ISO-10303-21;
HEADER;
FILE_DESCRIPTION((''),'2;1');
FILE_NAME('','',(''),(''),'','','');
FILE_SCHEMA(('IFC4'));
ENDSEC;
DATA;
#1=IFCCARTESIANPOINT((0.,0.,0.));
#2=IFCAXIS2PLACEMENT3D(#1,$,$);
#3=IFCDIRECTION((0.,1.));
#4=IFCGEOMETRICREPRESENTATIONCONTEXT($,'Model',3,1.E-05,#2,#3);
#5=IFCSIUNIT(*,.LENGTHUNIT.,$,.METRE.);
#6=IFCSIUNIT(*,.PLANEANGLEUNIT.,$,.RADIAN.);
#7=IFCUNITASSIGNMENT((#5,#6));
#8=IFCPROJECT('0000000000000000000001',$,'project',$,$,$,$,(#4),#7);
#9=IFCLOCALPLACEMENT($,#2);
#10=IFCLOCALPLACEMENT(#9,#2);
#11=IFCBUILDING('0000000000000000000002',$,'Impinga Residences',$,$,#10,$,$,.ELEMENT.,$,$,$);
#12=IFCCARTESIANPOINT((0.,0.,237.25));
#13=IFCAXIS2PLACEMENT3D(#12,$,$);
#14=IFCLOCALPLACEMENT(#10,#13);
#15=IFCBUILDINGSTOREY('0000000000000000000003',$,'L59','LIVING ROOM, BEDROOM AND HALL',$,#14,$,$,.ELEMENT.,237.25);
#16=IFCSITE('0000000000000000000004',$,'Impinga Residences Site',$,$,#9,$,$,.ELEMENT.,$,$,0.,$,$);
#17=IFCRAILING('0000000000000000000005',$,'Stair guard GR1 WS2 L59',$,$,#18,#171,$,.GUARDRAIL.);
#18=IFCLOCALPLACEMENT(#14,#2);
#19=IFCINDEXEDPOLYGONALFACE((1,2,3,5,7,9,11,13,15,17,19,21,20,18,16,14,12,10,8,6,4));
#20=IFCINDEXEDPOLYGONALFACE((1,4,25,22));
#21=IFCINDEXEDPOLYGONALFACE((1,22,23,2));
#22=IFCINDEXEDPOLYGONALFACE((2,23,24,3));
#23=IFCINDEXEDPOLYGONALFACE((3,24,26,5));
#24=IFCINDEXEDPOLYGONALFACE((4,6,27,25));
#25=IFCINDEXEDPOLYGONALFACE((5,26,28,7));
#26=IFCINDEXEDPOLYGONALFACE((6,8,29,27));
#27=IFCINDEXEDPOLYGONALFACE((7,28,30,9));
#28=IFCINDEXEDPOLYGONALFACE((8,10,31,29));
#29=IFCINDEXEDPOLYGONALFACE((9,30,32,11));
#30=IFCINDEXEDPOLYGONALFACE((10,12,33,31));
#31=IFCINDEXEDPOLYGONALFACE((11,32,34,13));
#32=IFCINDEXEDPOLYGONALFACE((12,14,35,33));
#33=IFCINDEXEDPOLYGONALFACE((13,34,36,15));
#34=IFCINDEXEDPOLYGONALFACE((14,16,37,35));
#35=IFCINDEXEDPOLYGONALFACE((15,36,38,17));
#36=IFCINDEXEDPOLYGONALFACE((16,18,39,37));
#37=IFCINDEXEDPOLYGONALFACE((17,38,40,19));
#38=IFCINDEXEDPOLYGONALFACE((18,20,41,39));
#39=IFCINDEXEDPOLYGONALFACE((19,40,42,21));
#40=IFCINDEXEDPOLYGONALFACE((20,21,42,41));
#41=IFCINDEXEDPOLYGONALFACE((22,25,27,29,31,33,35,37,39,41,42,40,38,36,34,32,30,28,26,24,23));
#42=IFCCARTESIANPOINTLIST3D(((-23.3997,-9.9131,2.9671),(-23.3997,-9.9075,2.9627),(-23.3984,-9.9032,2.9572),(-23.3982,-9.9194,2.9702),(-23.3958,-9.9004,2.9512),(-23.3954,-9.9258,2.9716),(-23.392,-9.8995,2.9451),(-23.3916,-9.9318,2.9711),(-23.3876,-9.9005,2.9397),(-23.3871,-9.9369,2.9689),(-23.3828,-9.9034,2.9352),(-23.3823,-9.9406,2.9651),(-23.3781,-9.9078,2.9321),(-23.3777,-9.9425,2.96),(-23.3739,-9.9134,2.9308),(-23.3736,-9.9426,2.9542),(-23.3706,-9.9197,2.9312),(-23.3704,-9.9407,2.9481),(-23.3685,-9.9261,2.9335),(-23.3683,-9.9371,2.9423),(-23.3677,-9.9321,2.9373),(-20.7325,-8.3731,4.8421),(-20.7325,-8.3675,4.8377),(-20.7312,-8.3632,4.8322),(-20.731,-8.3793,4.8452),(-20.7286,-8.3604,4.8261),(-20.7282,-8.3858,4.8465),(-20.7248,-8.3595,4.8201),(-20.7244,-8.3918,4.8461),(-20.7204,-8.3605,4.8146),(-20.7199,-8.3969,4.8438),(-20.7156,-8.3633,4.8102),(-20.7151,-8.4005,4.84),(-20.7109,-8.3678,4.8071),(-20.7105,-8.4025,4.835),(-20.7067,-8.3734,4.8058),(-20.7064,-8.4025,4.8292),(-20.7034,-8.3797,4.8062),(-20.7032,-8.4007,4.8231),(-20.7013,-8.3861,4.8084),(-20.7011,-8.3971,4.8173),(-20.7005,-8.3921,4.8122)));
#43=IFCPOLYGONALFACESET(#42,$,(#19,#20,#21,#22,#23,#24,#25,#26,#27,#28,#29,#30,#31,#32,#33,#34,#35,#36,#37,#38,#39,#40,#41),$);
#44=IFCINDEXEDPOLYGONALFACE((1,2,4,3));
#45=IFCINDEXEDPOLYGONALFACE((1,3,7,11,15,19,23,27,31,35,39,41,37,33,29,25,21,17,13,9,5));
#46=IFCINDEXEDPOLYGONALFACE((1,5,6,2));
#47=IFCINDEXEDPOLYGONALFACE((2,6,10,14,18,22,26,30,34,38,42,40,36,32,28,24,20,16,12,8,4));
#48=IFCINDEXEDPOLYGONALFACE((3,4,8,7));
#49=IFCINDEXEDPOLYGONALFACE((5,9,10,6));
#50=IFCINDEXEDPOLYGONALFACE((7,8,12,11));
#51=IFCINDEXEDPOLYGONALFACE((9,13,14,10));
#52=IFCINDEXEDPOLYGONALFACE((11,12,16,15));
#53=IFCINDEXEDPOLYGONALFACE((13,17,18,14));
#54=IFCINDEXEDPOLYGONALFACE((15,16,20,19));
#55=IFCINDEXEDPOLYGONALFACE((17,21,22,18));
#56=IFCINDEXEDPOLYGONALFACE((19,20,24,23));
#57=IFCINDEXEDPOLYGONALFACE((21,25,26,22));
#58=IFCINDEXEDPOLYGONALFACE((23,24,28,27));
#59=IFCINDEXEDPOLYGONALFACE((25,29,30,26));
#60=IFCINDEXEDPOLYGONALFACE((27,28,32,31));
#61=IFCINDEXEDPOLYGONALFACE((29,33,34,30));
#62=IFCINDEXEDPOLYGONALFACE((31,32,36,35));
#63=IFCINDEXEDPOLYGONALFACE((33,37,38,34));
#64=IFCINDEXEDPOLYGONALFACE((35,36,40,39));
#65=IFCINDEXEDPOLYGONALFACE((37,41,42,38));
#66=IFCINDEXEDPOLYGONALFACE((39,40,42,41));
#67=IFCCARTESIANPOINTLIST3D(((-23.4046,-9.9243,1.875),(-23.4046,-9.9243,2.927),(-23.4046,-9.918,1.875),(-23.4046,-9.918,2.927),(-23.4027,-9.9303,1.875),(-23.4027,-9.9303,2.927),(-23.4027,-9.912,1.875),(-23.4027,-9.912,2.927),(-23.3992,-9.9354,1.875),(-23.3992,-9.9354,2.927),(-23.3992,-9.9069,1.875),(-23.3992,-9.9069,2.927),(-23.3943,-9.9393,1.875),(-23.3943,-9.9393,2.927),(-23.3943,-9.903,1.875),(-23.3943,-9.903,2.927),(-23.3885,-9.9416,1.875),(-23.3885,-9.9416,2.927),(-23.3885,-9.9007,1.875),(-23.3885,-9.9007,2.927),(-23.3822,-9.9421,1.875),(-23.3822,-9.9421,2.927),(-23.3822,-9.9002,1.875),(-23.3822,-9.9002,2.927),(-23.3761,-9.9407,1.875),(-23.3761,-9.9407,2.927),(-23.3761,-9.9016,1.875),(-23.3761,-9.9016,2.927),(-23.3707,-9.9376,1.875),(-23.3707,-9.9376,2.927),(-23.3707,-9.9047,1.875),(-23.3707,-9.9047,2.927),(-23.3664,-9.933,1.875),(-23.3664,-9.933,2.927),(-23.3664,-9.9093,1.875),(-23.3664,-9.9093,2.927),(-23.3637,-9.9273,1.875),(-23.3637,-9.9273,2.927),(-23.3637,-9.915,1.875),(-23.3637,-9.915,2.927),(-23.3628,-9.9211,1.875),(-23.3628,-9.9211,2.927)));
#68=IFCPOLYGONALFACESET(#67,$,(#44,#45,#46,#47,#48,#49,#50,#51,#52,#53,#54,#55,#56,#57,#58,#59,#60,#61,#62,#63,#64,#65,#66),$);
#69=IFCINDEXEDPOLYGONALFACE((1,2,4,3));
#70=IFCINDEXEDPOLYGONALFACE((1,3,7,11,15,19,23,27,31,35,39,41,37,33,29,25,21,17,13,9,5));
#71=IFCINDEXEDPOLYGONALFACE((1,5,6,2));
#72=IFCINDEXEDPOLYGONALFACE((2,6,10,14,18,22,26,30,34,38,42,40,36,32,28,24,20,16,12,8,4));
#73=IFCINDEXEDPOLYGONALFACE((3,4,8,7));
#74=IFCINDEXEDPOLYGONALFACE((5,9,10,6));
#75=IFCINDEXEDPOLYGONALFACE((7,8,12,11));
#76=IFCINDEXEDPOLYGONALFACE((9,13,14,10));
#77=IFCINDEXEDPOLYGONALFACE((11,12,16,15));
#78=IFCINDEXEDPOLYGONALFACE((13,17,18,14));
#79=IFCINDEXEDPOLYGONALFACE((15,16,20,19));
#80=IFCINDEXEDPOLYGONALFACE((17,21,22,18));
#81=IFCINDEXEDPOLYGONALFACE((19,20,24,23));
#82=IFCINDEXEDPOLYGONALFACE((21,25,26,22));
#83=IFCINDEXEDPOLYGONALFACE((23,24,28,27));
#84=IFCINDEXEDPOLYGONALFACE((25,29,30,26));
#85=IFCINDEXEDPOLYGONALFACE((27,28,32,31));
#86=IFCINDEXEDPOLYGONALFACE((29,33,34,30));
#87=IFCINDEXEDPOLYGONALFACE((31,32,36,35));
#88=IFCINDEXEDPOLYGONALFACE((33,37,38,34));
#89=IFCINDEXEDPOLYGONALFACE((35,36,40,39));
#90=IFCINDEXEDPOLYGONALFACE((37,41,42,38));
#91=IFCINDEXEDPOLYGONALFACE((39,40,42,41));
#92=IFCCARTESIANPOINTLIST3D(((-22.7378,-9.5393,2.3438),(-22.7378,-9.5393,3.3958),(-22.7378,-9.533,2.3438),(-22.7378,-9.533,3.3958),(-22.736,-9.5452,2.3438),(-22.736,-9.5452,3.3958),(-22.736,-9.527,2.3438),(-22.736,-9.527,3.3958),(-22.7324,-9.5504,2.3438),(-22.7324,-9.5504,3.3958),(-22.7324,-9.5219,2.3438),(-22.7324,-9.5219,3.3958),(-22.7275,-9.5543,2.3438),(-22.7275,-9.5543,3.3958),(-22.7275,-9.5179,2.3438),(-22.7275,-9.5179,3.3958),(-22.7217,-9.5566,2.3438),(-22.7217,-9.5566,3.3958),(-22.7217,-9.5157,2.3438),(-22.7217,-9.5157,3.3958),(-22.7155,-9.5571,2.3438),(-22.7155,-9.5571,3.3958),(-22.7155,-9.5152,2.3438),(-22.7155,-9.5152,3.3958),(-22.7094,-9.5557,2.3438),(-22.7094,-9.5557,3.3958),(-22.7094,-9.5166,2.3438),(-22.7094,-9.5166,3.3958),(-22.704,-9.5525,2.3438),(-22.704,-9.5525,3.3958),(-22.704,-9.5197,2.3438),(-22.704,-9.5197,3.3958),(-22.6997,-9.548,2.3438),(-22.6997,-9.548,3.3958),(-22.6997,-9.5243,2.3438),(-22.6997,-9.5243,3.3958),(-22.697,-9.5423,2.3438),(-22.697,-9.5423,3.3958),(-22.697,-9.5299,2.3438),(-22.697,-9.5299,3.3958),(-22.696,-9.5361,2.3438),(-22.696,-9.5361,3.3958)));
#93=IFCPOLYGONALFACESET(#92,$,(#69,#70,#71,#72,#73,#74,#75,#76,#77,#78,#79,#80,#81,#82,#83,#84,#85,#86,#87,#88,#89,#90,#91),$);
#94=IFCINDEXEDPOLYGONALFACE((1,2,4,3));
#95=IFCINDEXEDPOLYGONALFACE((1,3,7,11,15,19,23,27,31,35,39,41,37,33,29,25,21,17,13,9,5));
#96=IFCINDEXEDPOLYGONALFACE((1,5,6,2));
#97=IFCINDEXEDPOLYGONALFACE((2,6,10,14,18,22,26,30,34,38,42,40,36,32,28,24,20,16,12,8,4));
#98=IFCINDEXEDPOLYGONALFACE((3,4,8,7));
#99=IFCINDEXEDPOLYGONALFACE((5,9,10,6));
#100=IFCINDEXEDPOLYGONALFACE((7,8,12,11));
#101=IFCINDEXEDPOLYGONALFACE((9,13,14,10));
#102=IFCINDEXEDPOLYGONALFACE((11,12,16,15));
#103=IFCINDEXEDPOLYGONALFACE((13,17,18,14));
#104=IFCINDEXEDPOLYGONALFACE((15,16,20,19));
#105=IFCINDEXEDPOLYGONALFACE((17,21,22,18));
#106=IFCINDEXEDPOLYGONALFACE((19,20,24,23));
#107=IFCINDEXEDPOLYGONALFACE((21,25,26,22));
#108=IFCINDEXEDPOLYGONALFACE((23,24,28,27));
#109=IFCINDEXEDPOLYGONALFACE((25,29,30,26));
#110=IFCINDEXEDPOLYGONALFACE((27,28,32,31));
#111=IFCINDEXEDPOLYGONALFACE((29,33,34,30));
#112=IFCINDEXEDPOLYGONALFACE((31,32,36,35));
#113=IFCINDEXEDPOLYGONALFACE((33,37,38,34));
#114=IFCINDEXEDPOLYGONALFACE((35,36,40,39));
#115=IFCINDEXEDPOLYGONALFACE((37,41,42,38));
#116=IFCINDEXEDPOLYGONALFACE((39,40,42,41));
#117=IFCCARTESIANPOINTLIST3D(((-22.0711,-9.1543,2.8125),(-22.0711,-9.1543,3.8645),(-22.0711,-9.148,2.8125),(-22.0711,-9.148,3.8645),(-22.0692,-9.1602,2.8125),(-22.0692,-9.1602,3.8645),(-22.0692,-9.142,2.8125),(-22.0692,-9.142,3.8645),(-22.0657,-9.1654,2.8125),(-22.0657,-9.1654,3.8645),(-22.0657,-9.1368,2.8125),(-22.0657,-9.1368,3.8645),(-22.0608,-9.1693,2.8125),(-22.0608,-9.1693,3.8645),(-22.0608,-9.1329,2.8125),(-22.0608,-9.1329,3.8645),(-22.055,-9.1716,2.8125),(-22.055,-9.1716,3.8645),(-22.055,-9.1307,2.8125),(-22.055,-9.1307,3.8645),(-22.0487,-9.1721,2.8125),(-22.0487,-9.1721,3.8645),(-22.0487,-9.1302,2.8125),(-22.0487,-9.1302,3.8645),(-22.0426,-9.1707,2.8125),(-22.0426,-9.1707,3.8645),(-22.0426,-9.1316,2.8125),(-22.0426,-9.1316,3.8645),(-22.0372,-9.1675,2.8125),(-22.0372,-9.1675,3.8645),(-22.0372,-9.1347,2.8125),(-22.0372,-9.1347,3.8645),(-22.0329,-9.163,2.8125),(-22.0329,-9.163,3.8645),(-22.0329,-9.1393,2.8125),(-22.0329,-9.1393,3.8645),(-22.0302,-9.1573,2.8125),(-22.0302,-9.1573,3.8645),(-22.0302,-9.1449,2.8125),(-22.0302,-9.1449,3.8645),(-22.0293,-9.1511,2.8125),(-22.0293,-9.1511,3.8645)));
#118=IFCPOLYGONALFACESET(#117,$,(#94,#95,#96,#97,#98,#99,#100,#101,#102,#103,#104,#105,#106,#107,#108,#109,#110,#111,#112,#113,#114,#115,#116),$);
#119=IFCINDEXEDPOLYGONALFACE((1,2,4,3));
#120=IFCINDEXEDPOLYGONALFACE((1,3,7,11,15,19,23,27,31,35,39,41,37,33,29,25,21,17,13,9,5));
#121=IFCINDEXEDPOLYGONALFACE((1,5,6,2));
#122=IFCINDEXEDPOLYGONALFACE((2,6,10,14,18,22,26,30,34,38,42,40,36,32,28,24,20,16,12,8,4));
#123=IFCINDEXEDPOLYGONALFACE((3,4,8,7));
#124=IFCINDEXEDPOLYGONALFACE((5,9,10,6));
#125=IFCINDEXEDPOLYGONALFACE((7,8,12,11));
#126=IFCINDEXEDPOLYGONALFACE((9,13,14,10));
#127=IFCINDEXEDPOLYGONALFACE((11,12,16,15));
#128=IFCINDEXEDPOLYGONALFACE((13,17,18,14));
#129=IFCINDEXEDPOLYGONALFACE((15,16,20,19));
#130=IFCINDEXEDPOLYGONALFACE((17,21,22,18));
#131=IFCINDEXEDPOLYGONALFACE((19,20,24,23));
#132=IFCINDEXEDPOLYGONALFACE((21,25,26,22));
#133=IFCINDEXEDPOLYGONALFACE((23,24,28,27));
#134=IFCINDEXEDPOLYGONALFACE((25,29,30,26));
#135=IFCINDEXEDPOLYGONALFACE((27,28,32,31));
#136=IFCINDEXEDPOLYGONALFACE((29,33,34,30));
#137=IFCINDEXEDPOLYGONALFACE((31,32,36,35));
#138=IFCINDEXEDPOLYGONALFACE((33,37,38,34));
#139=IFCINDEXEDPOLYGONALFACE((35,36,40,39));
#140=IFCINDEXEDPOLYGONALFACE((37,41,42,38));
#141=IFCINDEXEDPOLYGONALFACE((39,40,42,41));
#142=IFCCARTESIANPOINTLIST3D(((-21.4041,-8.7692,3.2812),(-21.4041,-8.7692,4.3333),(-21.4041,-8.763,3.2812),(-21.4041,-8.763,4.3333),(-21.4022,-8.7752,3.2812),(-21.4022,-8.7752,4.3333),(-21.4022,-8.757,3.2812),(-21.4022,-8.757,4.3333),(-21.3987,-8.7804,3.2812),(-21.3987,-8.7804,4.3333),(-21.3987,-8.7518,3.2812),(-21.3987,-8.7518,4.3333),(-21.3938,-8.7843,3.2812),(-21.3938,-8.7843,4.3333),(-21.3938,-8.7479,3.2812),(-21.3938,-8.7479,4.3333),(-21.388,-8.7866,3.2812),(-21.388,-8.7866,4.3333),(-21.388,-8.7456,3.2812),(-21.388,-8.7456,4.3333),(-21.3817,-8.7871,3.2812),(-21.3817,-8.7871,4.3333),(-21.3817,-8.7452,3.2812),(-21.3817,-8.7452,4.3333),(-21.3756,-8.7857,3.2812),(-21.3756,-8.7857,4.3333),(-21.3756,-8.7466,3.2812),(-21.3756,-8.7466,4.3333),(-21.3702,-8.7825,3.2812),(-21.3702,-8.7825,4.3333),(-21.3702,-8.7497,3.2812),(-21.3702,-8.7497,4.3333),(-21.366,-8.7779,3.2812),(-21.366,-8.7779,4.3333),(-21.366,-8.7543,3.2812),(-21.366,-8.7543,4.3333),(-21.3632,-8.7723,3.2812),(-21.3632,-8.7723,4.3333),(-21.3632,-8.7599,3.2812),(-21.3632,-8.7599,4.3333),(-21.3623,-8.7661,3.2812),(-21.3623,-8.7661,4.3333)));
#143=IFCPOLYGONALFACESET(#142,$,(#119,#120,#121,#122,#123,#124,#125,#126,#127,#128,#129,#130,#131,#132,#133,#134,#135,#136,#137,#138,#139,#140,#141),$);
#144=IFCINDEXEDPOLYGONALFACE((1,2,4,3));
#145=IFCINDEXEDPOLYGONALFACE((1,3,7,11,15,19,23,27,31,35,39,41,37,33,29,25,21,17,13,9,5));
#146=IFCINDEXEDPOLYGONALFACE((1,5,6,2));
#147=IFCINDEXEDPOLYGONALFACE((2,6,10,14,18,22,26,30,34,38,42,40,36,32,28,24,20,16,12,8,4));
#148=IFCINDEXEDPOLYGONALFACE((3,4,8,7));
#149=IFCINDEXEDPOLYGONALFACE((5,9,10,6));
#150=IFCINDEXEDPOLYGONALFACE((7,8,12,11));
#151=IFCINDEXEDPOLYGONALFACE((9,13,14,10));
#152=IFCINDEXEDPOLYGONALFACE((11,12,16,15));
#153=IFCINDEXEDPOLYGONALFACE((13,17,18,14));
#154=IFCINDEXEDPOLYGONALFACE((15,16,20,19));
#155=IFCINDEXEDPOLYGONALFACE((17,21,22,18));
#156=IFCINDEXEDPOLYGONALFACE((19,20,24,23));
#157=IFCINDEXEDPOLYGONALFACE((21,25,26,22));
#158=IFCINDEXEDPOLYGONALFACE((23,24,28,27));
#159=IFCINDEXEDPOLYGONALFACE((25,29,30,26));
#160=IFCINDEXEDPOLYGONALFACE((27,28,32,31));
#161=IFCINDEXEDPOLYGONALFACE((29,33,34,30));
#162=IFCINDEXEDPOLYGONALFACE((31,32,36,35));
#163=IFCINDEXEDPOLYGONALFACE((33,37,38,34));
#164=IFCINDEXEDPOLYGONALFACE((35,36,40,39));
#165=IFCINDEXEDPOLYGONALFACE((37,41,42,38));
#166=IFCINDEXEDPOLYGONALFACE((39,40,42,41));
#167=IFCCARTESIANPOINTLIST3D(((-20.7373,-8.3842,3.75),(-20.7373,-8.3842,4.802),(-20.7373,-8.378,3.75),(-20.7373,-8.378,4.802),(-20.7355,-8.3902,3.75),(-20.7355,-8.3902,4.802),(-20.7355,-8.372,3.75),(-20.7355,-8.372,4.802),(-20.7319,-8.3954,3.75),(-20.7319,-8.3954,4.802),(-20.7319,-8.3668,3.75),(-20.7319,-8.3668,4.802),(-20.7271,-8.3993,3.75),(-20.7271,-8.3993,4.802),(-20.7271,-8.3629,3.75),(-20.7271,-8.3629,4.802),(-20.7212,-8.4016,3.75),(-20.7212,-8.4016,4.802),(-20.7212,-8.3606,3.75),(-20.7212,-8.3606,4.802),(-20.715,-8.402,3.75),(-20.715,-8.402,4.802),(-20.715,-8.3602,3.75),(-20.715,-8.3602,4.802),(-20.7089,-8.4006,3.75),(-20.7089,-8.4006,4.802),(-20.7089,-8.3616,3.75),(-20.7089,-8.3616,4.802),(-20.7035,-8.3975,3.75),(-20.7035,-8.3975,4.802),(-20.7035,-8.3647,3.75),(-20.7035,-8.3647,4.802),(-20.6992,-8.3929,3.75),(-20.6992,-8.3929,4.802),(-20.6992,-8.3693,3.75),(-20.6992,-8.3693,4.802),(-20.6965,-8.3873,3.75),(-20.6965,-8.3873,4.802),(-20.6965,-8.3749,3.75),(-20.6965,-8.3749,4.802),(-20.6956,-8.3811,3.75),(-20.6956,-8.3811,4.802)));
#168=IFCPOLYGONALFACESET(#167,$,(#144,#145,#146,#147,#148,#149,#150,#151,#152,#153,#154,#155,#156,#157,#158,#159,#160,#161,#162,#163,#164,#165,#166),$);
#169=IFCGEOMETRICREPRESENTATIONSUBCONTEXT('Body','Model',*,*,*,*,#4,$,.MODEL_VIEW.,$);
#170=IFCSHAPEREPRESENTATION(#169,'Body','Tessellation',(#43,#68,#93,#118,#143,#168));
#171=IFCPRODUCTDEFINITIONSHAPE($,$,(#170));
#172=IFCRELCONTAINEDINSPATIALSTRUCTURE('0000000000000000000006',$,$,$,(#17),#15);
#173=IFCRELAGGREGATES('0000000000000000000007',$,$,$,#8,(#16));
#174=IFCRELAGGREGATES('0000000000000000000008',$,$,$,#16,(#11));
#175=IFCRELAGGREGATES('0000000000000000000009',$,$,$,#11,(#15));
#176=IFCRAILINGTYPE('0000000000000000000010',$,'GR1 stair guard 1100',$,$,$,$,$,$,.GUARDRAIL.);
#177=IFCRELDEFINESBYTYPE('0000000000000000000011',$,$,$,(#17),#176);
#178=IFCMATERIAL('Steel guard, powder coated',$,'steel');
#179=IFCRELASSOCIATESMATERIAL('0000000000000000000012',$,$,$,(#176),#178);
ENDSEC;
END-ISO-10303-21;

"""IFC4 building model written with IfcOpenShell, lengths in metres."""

from ifc_helpers import new_model, si_unit, direction, frame, origin, origin_2d, place, context, subcontext, project, spatial, circle, extrude, material, type_object, element, save


model = new_model("IFC4")

# Units and contexts
model_context = context("Model", 3, precision=1e-05, world=origin(), true_north=direction((0.0, 1.0)))
body_context = subcontext(model_context, "Body", "Model", "MODEL_VIEW")
ifc_project = project(units=[si_unit("LENGTHUNIT", "METRE"), si_unit("PLANEANGLEUNIT", "RADIAN")], contexts=[model_context])

# Site, building, storey
site_placement = place(None, origin())
site = spatial("IfcSite", under=ifc_project, at=site_placement, Name="Impinga Residences Site", CompositionType="ELEMENT", RefElevation=0.0)
building_placement = place(site_placement, origin())
building = spatial("IfcBuilding", under=site, at=building_placement, Name="Impinga Residences", CompositionType="ELEMENT")
storey_placement = place(building_placement, frame((0.0, 0.0, 237.25)))
storey = spatial("IfcBuildingStorey", under=building, at=storey_placement, Name="L59", Description="LIVING ROOM, BEDROOM AND HALL", CompositionType="ELEMENT", Elevation=237.25)

# Railing
ifc_material_1 = material(Name="Steel guard, powder coated", Category="steel")
railing_type = type_object("IfcRailingType", Name="GR1 stair guard 1100", PredefinedType="GUARDRAIL", material=ifc_material_1)
railing_placement = place(storey_placement, frame((-23.3838, -9.9211, 1.875)))
element("IfcRailing", 1, at=railing_placement, inside=storey, type_object=railing_type, Name="Stair guard GR1 WS2 L59", PredefinedType="GUARDRAIL", context=body_context, shape_type="SweptSolid", body=[
    extrude(circle(Radius=0.0239, at=origin_2d()), frame((0.0, 0.0, 1.0762), z_axis=(0.739716, 0.427105, 0.520002), x_axis=(-0.500027, 0.86601, 0.0)), (0.0, 0.0, 1.0), 3.6057),
    extrude(circle(Radius=0.021, at=origin_2d()), origin(), (0.0, 0.0, 1.0), 1.052),
    extrude(circle(Radius=0.021, at=origin_2d()), frame((0.6667, 0.385, 0.4688)), (0.0, 0.0, 1.0), 1.052),
    extrude(circle(Radius=0.021, at=origin_2d()), frame((1.3335, 0.77, 0.9375)), (0.0, 0.0, 1.0), 1.052),
    extrude(circle(Radius=0.021, at=origin_2d()), frame((2.0005, 1.155, 1.4062)), (0.0, 0.0, 1.0), 1.052),
    extrude(circle(Radius=0.021, at=origin_2d()), frame((2.6672, 1.54, 1.875)), (0.0, 0.0, 1.0), 1.052),
])

save(model, "model.ifc")
